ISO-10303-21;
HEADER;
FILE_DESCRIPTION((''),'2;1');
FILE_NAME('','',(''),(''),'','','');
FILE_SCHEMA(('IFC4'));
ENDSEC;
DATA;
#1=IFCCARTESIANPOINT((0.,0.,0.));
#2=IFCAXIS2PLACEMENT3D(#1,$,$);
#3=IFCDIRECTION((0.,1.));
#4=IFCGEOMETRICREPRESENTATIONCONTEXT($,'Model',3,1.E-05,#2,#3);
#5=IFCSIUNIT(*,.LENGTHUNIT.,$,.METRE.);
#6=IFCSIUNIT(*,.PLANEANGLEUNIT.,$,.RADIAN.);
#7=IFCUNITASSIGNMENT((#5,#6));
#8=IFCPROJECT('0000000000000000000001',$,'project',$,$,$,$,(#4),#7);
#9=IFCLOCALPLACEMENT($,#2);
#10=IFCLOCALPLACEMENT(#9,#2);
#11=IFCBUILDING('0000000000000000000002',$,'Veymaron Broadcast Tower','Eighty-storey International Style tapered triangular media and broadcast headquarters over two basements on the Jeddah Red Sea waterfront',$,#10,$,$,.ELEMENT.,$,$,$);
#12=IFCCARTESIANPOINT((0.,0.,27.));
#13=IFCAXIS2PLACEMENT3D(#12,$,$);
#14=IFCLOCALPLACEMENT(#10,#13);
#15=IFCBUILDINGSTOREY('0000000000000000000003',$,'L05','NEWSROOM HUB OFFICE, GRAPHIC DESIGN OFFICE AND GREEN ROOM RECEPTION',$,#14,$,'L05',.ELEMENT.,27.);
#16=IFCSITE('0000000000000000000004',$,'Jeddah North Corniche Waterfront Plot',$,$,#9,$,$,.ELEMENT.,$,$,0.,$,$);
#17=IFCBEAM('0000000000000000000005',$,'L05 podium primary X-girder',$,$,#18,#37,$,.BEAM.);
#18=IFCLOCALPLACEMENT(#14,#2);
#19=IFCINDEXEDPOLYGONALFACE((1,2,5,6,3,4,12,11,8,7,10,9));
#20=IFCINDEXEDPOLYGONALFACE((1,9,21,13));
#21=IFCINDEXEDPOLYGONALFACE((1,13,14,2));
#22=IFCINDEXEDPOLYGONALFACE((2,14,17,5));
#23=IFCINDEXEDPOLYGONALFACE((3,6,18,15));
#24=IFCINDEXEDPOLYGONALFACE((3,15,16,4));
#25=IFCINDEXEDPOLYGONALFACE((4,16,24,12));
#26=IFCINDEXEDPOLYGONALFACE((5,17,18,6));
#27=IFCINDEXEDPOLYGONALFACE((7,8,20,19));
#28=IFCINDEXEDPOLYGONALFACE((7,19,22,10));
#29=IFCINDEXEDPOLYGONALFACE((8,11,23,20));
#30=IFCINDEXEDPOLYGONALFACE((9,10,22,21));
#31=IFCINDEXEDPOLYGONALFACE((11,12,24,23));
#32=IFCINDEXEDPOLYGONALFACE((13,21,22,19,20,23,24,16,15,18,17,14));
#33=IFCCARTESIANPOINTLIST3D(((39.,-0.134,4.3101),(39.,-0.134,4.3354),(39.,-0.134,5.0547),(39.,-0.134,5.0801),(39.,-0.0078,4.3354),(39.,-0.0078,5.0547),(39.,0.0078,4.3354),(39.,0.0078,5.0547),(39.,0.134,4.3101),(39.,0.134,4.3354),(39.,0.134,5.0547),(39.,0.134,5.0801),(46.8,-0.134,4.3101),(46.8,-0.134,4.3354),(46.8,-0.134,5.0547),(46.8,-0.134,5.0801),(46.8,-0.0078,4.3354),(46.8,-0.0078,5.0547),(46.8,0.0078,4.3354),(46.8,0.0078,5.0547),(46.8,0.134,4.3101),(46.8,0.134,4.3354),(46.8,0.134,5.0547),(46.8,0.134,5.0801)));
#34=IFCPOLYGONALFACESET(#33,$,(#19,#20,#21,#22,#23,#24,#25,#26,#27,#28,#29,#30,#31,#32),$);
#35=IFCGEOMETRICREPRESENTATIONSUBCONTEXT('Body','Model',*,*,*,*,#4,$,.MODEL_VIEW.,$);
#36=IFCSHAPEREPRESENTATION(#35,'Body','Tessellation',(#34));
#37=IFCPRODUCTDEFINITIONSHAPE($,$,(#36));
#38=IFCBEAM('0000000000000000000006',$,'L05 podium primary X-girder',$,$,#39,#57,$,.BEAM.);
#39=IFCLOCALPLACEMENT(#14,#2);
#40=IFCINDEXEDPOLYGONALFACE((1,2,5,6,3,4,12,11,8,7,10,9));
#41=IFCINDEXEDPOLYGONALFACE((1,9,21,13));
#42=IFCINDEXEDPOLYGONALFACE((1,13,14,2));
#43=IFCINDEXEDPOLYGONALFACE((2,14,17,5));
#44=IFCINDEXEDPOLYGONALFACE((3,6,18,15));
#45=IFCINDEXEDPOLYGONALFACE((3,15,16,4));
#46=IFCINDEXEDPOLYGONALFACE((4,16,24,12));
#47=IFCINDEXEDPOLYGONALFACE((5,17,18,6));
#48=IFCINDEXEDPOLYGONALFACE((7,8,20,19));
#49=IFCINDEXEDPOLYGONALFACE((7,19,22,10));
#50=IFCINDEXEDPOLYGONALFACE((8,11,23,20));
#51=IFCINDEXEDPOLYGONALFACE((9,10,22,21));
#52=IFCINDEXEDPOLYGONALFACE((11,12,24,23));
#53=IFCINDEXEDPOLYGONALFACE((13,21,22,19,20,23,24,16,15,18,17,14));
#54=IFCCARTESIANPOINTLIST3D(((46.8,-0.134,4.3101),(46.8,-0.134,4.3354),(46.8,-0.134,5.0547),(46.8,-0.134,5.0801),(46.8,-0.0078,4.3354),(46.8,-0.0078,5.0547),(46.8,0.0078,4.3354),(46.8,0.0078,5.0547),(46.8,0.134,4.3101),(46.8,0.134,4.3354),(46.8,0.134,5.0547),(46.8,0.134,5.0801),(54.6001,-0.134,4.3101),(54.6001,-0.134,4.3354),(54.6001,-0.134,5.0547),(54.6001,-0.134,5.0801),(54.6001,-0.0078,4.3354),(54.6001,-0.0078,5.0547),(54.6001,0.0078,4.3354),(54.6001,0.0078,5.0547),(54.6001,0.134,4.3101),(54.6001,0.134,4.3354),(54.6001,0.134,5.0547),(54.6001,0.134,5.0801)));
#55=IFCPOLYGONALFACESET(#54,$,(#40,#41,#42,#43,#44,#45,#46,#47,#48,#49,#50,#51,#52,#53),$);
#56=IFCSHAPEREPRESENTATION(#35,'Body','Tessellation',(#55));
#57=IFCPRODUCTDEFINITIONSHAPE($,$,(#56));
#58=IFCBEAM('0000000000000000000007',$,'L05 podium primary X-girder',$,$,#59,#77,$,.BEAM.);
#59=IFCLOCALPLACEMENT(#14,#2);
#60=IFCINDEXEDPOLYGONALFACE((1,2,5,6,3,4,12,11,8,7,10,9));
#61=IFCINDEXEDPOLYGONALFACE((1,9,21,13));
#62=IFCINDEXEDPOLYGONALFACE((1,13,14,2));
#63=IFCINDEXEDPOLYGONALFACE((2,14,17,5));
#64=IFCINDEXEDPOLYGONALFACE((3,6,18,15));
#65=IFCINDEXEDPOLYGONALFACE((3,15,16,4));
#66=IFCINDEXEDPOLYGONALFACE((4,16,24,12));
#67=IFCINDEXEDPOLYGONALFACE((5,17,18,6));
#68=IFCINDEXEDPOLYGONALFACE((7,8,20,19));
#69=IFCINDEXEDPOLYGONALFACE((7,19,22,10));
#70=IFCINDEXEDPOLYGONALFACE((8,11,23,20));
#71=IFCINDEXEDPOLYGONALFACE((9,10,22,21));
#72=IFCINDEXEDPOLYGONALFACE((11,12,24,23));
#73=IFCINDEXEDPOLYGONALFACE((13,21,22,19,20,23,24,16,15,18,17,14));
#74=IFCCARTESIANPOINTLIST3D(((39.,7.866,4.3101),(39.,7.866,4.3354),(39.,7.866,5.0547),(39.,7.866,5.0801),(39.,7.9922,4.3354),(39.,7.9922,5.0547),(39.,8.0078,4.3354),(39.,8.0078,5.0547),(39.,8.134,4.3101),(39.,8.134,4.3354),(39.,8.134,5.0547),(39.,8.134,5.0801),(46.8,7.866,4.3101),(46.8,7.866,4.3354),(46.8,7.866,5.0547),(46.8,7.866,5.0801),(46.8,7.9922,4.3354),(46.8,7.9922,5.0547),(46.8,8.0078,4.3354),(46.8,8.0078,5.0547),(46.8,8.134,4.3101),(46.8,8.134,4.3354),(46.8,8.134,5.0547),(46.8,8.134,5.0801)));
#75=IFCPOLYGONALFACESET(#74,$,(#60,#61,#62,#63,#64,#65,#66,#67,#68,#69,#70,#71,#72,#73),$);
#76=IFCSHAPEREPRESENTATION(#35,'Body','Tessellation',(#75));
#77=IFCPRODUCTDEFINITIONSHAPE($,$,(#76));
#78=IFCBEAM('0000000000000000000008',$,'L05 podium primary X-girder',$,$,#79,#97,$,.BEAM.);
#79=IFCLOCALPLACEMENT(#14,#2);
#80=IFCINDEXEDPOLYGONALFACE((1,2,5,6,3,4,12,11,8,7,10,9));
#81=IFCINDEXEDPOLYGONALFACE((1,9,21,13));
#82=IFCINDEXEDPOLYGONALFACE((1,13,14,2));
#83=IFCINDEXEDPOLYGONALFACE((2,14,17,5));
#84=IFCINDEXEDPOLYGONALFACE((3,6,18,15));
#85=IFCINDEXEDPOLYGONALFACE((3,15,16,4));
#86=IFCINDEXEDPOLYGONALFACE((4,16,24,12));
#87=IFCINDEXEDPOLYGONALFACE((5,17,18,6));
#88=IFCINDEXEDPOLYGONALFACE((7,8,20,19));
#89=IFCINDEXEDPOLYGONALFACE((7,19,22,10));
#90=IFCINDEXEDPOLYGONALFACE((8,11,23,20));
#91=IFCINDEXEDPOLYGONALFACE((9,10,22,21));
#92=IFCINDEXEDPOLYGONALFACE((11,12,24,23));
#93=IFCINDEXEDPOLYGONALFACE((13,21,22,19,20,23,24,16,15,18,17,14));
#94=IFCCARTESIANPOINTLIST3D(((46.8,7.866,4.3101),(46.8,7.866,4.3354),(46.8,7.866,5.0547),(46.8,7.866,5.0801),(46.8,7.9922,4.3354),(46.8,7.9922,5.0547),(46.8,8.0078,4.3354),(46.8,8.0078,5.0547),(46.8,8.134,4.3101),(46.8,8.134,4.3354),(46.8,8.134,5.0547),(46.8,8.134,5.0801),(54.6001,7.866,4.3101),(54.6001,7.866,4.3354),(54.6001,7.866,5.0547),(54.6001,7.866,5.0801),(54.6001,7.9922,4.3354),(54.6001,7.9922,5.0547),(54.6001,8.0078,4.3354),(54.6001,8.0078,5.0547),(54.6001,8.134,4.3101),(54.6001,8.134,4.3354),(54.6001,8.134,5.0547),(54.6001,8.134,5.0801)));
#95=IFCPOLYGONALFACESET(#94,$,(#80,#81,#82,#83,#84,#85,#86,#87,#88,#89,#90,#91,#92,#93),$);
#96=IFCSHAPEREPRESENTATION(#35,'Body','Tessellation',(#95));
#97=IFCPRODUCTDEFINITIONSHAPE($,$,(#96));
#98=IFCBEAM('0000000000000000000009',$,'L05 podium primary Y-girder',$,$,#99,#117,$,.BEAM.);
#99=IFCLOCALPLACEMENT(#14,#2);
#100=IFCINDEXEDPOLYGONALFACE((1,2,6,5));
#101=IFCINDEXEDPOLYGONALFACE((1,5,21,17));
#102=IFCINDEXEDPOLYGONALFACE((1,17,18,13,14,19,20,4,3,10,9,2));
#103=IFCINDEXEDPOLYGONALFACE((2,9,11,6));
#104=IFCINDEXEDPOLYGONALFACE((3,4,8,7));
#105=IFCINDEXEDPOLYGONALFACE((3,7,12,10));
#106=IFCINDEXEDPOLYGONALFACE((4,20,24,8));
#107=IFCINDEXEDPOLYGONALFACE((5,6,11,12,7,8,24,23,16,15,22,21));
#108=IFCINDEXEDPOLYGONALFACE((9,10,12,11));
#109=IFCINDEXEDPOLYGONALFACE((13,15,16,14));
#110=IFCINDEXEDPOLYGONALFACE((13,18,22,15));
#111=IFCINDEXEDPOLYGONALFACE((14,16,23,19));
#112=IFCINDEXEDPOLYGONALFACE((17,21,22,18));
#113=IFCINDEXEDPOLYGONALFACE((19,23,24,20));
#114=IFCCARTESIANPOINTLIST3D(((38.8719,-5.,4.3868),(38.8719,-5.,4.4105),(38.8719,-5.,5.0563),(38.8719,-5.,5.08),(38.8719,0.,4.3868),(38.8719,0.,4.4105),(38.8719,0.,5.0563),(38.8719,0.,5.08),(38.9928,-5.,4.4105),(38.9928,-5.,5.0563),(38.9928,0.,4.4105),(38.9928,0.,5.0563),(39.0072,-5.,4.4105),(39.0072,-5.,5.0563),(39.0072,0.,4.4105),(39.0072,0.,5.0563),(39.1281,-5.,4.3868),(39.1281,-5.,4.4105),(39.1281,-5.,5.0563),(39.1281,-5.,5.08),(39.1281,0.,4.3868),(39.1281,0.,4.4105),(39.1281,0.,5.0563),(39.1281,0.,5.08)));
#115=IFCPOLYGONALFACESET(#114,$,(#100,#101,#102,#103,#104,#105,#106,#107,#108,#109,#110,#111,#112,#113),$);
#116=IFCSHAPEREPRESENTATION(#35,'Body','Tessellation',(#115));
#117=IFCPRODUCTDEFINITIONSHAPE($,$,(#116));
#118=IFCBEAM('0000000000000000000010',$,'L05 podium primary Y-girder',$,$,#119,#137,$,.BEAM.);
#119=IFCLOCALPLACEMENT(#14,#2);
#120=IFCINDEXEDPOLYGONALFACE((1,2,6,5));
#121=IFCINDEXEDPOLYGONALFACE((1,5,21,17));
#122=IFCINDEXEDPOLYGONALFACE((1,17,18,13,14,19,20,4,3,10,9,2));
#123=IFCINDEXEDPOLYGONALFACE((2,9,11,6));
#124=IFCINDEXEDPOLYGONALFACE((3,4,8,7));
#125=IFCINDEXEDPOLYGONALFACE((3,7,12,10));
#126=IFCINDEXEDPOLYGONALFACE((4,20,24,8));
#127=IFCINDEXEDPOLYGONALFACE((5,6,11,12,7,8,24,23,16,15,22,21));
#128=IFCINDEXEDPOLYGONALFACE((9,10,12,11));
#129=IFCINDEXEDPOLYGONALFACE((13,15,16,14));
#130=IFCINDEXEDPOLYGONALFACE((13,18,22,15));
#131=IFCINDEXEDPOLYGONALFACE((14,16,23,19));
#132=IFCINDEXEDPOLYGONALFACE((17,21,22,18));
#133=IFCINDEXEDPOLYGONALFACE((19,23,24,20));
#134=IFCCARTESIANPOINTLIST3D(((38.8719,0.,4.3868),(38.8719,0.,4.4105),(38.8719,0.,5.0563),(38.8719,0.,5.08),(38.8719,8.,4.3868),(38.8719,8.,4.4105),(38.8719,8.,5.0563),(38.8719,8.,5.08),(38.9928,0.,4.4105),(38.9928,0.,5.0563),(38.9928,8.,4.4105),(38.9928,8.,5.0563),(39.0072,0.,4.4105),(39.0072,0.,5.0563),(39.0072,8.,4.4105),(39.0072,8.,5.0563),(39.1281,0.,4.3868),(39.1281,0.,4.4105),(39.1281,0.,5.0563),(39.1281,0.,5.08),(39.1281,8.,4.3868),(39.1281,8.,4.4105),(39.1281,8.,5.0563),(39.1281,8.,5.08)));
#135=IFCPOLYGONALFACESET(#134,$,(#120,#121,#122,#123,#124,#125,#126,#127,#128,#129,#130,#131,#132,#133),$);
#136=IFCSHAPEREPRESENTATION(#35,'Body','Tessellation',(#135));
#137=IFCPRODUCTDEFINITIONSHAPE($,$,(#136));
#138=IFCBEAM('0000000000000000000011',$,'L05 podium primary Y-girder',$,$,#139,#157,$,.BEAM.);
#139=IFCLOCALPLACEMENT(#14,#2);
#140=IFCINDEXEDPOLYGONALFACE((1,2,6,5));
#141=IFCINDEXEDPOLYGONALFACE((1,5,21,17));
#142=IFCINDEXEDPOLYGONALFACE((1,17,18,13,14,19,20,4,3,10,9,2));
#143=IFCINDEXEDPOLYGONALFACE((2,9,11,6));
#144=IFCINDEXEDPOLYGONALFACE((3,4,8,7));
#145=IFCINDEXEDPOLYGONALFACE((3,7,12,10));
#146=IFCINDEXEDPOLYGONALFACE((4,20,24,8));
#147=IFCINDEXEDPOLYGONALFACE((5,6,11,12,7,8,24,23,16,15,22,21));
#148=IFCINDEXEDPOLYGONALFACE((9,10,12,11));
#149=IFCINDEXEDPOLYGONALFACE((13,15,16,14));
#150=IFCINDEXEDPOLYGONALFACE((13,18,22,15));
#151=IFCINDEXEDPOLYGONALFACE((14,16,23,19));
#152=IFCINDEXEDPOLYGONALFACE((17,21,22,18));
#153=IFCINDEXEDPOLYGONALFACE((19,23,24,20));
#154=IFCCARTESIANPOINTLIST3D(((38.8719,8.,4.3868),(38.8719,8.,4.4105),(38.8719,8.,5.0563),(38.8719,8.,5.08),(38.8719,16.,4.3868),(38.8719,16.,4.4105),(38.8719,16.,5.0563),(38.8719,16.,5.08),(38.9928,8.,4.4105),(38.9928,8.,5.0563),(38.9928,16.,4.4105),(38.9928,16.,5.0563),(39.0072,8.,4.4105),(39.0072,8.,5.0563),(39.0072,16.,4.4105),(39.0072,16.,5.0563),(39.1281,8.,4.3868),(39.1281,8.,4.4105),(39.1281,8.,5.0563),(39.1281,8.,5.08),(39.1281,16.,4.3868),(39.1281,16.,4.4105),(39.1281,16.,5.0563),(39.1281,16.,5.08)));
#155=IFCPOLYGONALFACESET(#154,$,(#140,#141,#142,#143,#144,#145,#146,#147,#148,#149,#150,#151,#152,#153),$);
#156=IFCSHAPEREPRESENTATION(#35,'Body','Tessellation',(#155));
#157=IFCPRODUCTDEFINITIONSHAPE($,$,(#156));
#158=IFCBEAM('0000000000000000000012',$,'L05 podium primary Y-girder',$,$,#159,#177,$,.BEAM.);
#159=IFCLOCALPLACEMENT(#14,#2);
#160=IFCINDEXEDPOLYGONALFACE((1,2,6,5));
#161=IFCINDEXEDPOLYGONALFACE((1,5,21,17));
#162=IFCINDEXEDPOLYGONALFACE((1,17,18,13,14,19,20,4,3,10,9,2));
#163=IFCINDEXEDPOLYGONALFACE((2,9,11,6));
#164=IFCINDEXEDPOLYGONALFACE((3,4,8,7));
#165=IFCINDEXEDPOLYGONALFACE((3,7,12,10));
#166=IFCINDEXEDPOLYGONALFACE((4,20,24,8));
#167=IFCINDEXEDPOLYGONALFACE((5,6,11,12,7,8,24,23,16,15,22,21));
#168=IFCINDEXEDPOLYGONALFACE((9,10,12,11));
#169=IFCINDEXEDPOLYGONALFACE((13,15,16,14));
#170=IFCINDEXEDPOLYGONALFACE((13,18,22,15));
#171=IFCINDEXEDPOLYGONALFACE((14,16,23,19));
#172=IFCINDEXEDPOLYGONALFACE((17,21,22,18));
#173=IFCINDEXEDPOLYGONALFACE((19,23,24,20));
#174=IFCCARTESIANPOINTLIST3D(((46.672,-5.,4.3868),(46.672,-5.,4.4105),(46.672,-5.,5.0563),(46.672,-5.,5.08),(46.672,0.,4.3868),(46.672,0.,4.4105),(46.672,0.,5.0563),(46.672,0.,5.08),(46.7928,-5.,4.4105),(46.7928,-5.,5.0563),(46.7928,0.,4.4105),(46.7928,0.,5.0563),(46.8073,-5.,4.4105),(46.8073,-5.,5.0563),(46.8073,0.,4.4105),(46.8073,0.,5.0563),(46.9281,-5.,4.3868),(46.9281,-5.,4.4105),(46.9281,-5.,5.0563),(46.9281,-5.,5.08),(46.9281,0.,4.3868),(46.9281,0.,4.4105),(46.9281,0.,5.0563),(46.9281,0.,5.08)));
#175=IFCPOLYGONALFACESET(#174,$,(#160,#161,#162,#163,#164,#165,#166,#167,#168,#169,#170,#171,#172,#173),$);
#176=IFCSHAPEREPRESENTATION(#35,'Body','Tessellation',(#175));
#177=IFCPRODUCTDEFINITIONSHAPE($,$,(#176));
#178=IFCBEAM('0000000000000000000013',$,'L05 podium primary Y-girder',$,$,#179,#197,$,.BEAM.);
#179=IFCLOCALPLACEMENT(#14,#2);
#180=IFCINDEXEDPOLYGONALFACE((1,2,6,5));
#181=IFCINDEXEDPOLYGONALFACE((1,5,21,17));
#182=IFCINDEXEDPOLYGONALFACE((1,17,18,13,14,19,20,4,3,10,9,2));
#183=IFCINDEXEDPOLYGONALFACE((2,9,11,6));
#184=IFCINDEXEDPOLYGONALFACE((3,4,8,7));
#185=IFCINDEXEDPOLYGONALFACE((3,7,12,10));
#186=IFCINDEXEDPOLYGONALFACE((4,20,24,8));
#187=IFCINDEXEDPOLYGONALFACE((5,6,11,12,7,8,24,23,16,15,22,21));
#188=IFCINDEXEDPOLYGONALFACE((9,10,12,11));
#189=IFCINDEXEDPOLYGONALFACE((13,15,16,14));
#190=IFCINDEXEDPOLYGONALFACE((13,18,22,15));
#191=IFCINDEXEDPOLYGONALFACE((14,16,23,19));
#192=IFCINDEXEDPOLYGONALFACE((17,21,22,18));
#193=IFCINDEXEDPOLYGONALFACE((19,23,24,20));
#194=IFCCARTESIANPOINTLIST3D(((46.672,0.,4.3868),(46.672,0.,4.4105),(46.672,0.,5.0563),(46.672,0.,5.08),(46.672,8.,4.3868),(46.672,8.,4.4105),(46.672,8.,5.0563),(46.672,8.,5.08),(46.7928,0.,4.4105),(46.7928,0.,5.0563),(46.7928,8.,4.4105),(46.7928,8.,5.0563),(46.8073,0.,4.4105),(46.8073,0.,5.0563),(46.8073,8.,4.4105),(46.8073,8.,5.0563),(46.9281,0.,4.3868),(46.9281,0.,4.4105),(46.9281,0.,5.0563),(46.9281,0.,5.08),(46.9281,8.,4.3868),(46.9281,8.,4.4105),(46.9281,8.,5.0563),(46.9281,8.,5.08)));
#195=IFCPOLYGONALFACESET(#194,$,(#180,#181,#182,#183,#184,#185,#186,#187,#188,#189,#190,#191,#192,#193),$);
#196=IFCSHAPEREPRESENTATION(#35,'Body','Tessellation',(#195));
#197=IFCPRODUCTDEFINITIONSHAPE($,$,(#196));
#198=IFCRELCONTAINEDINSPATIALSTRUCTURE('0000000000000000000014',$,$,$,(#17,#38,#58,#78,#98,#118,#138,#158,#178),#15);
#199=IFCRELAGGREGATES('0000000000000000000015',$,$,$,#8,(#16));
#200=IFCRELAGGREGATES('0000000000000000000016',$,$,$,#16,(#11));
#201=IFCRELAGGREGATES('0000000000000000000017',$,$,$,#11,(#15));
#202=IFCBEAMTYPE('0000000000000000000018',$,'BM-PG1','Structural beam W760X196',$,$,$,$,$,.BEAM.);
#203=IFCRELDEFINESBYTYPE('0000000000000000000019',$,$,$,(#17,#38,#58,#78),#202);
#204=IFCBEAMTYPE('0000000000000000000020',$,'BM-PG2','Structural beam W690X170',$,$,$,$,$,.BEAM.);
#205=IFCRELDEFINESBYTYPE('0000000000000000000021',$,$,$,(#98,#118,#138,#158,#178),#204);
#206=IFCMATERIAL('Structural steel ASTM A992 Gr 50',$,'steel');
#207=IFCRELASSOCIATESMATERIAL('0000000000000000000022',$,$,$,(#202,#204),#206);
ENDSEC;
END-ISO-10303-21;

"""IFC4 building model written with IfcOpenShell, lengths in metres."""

from ifc_helpers import new_model, si_unit, direction, frame, origin, origin_2d, place, context, subcontext, project, spatial, i_section, extrude, material, material_profile, profile_set, type_object, element, save


model = new_model("IFC4")

# Units and contexts
model_context = context("Model", 3, precision=1e-05, world=origin(), true_north=direction((0.0, 1.0)))
body_context = subcontext(model_context, "Body", "Model", "MODEL_VIEW")
ifc_project = project(units=[si_unit("LENGTHUNIT", "METRE"), si_unit("PLANEANGLEUNIT", "RADIAN")], contexts=[model_context])

# Site, building, storey
site_placement = place(None, origin())
site = spatial("IfcSite", under=ifc_project, at=site_placement, Name="Jeddah North Corniche Waterfront Plot", CompositionType="ELEMENT", RefElevation=0.0)
building_placement = place(site_placement, origin())
building = spatial("IfcBuilding", under=site, at=building_placement, Name="Veymaron Broadcast Tower", Description="Eighty-storey International Style tapered triangular media and broadcast headquarters over two basements on the Jeddah Red Sea waterfront", CompositionType="ELEMENT")
storey_placement = place(building_placement, frame((0.0, 0.0, 27.0)))
storey = spatial("IfcBuildingStorey", under=building, at=storey_placement, Name="L05", Description="NEWSROOM HUB OFFICE, GRAPHIC DESIGN OFFICE AND GREEN ROOM RECEPTION", LongName="L05", CompositionType="ELEMENT", Elevation=27.0)

# Shared definitions
ifc_material_1 = material(Name="Structural steel ASTM A992 Gr 50", Category="steel")

# Beams
ifc_material_profile_1 = material_profile(ifc_material_1, i_section(OverallWidth=0.2681, OverallDepth=0.77, WebThickness=0.0156, FlangeThickness=0.0254, at=origin_2d()), Name="W760X196")
ifc_profile_set_1 = profile_set([ifc_material_profile_1], Name="Structural steel ASTM A992 Gr 50")
beam_type_1 = type_object("IfcBeamType", Name="BM-PG1", Description="Structural beam W760X196", PredefinedType="BEAM", material=ifc_profile_set_1)
for number, where, z_axis, x_axis, name in (
    (1, (39.0, 0.0, 4.6951), (1.0, 0.0, 0.0), (0.0, 1.0, 0.0), "L05 podium primary X-girder"),
    (2, (46.8, 0.0, 4.6951), (1.0, 0.0, 0.0), (0.0, 1.0, 0.0), "L05 podium primary X-girder"),
    (3, (39.0, 8.0, 4.6951), (1.0, 0.0, 0.0), (0.0, 1.0, 0.0), "L05 podium primary X-girder"),
    (4, (46.8, 8.0, 4.6951), (1.0, 0.0, 0.0), (0.0, 1.0, 0.0), "L05 podium primary X-girder"),
):
    element("IfcBeam", number, at=place(storey_placement, frame(where, z_axis=z_axis, x_axis=x_axis)), inside=storey, type_object=beam_type_1, Name=name, PredefinedType="BEAM", context=body_context, shape_type="SweptSolid", body=[
        extrude(i_section(OverallWidth=0.2681, OverallDepth=0.77, WebThickness=0.0156, FlangeThickness=0.0254, at=origin_2d()), origin(), (0.0, 0.0, 1.0), 7.8),
    ])
ifc_material_profile_2 = material_profile(ifc_material_1, i_section(OverallWidth=0.2561, OverallDepth=0.6931, WebThickness=0.0144, FlangeThickness=0.0237, at=origin_2d()), Name="W690X170")
ifc_profile_set_2 = profile_set([ifc_material_profile_2], Name="Structural steel ASTM A992 Gr 50")
beam_type_2 = type_object("IfcBeamType", Name="BM-PG2", Description="Structural beam W690X170", PredefinedType="BEAM", material=ifc_profile_set_2)
beam_1_placement = place(storey_placement, frame((39.0, -5.0, 4.7334), z_axis=(0.0, 1.0, 0.0), x_axis=(-1.0, 0.0, 0.0)))
element("IfcBeam", 5, at=beam_1_placement, inside=storey, type_object=beam_type_2, Name="L05 podium primary Y-girder", PredefinedType="BEAM", context=body_context, shape_type="SweptSolid", body=[
    extrude(i_section(OverallWidth=0.2561, OverallDepth=0.6931, WebThickness=0.0144, FlangeThickness=0.0237, at=origin_2d()), origin(), (0.0, 0.0, 1.0), 5.0),
])
for number, where, z_axis, x_axis, name in (
    (6, (39.0, 0.0, 4.7334), (0.0, 1.0, 0.0), (-1.0, 0.0, 0.0), "L05 podium primary Y-girder"),
    (7, (39.0, 8.0, 4.7334), (0.0, 1.0, 0.0), (-1.0, 0.0, 0.0), "L05 podium primary Y-girder"),
):
    element("IfcBeam", number, at=place(storey_placement, frame(where, z_axis=z_axis, x_axis=x_axis)), inside=storey, type_object=beam_type_2, Name=name, PredefinedType="BEAM", context=body_context, shape_type="SweptSolid", body=[
        extrude(i_section(OverallWidth=0.2561, OverallDepth=0.6931, WebThickness=0.0144, FlangeThickness=0.0237, at=origin_2d()), origin(), (0.0, 0.0, 1.0), 8.0),
    ])
beam_2_placement = place(storey_placement, frame((46.8, -5.0, 4.7334), z_axis=(0.0, 1.0, 0.0), x_axis=(-1.0, 0.0, 0.0)))
element("IfcBeam", 8, at=beam_2_placement, inside=storey, type_object=beam_type_2, Name="L05 podium primary Y-girder", PredefinedType="BEAM", context=body_context, shape_type="SweptSolid", body=[
    extrude(i_section(OverallWidth=0.2561, OverallDepth=0.6931, WebThickness=0.0144, FlangeThickness=0.0237, at=origin_2d()), origin(), (0.0, 0.0, 1.0), 5.0),
])
for number, where, z_axis, x_axis, name in (
    (9, (46.8, 0.0, 4.7334), (0.0, 1.0, 0.0), (-1.0, 0.0, 0.0), "L05 podium primary Y-girder"),
):
    element("IfcBeam", number, at=place(storey_placement, frame(where, z_axis=z_axis, x_axis=x_axis)), inside=storey, type_object=beam_type_2, Name=name, PredefinedType="BEAM", context=body_context, shape_type="SweptSolid", body=[
        extrude(i_section(OverallWidth=0.2561, OverallDepth=0.6931, WebThickness=0.0144, FlangeThickness=0.0237, at=origin_2d()), origin(), (0.0, 0.0, 1.0), 8.0),
    ])

save(model, "model.ifc")
